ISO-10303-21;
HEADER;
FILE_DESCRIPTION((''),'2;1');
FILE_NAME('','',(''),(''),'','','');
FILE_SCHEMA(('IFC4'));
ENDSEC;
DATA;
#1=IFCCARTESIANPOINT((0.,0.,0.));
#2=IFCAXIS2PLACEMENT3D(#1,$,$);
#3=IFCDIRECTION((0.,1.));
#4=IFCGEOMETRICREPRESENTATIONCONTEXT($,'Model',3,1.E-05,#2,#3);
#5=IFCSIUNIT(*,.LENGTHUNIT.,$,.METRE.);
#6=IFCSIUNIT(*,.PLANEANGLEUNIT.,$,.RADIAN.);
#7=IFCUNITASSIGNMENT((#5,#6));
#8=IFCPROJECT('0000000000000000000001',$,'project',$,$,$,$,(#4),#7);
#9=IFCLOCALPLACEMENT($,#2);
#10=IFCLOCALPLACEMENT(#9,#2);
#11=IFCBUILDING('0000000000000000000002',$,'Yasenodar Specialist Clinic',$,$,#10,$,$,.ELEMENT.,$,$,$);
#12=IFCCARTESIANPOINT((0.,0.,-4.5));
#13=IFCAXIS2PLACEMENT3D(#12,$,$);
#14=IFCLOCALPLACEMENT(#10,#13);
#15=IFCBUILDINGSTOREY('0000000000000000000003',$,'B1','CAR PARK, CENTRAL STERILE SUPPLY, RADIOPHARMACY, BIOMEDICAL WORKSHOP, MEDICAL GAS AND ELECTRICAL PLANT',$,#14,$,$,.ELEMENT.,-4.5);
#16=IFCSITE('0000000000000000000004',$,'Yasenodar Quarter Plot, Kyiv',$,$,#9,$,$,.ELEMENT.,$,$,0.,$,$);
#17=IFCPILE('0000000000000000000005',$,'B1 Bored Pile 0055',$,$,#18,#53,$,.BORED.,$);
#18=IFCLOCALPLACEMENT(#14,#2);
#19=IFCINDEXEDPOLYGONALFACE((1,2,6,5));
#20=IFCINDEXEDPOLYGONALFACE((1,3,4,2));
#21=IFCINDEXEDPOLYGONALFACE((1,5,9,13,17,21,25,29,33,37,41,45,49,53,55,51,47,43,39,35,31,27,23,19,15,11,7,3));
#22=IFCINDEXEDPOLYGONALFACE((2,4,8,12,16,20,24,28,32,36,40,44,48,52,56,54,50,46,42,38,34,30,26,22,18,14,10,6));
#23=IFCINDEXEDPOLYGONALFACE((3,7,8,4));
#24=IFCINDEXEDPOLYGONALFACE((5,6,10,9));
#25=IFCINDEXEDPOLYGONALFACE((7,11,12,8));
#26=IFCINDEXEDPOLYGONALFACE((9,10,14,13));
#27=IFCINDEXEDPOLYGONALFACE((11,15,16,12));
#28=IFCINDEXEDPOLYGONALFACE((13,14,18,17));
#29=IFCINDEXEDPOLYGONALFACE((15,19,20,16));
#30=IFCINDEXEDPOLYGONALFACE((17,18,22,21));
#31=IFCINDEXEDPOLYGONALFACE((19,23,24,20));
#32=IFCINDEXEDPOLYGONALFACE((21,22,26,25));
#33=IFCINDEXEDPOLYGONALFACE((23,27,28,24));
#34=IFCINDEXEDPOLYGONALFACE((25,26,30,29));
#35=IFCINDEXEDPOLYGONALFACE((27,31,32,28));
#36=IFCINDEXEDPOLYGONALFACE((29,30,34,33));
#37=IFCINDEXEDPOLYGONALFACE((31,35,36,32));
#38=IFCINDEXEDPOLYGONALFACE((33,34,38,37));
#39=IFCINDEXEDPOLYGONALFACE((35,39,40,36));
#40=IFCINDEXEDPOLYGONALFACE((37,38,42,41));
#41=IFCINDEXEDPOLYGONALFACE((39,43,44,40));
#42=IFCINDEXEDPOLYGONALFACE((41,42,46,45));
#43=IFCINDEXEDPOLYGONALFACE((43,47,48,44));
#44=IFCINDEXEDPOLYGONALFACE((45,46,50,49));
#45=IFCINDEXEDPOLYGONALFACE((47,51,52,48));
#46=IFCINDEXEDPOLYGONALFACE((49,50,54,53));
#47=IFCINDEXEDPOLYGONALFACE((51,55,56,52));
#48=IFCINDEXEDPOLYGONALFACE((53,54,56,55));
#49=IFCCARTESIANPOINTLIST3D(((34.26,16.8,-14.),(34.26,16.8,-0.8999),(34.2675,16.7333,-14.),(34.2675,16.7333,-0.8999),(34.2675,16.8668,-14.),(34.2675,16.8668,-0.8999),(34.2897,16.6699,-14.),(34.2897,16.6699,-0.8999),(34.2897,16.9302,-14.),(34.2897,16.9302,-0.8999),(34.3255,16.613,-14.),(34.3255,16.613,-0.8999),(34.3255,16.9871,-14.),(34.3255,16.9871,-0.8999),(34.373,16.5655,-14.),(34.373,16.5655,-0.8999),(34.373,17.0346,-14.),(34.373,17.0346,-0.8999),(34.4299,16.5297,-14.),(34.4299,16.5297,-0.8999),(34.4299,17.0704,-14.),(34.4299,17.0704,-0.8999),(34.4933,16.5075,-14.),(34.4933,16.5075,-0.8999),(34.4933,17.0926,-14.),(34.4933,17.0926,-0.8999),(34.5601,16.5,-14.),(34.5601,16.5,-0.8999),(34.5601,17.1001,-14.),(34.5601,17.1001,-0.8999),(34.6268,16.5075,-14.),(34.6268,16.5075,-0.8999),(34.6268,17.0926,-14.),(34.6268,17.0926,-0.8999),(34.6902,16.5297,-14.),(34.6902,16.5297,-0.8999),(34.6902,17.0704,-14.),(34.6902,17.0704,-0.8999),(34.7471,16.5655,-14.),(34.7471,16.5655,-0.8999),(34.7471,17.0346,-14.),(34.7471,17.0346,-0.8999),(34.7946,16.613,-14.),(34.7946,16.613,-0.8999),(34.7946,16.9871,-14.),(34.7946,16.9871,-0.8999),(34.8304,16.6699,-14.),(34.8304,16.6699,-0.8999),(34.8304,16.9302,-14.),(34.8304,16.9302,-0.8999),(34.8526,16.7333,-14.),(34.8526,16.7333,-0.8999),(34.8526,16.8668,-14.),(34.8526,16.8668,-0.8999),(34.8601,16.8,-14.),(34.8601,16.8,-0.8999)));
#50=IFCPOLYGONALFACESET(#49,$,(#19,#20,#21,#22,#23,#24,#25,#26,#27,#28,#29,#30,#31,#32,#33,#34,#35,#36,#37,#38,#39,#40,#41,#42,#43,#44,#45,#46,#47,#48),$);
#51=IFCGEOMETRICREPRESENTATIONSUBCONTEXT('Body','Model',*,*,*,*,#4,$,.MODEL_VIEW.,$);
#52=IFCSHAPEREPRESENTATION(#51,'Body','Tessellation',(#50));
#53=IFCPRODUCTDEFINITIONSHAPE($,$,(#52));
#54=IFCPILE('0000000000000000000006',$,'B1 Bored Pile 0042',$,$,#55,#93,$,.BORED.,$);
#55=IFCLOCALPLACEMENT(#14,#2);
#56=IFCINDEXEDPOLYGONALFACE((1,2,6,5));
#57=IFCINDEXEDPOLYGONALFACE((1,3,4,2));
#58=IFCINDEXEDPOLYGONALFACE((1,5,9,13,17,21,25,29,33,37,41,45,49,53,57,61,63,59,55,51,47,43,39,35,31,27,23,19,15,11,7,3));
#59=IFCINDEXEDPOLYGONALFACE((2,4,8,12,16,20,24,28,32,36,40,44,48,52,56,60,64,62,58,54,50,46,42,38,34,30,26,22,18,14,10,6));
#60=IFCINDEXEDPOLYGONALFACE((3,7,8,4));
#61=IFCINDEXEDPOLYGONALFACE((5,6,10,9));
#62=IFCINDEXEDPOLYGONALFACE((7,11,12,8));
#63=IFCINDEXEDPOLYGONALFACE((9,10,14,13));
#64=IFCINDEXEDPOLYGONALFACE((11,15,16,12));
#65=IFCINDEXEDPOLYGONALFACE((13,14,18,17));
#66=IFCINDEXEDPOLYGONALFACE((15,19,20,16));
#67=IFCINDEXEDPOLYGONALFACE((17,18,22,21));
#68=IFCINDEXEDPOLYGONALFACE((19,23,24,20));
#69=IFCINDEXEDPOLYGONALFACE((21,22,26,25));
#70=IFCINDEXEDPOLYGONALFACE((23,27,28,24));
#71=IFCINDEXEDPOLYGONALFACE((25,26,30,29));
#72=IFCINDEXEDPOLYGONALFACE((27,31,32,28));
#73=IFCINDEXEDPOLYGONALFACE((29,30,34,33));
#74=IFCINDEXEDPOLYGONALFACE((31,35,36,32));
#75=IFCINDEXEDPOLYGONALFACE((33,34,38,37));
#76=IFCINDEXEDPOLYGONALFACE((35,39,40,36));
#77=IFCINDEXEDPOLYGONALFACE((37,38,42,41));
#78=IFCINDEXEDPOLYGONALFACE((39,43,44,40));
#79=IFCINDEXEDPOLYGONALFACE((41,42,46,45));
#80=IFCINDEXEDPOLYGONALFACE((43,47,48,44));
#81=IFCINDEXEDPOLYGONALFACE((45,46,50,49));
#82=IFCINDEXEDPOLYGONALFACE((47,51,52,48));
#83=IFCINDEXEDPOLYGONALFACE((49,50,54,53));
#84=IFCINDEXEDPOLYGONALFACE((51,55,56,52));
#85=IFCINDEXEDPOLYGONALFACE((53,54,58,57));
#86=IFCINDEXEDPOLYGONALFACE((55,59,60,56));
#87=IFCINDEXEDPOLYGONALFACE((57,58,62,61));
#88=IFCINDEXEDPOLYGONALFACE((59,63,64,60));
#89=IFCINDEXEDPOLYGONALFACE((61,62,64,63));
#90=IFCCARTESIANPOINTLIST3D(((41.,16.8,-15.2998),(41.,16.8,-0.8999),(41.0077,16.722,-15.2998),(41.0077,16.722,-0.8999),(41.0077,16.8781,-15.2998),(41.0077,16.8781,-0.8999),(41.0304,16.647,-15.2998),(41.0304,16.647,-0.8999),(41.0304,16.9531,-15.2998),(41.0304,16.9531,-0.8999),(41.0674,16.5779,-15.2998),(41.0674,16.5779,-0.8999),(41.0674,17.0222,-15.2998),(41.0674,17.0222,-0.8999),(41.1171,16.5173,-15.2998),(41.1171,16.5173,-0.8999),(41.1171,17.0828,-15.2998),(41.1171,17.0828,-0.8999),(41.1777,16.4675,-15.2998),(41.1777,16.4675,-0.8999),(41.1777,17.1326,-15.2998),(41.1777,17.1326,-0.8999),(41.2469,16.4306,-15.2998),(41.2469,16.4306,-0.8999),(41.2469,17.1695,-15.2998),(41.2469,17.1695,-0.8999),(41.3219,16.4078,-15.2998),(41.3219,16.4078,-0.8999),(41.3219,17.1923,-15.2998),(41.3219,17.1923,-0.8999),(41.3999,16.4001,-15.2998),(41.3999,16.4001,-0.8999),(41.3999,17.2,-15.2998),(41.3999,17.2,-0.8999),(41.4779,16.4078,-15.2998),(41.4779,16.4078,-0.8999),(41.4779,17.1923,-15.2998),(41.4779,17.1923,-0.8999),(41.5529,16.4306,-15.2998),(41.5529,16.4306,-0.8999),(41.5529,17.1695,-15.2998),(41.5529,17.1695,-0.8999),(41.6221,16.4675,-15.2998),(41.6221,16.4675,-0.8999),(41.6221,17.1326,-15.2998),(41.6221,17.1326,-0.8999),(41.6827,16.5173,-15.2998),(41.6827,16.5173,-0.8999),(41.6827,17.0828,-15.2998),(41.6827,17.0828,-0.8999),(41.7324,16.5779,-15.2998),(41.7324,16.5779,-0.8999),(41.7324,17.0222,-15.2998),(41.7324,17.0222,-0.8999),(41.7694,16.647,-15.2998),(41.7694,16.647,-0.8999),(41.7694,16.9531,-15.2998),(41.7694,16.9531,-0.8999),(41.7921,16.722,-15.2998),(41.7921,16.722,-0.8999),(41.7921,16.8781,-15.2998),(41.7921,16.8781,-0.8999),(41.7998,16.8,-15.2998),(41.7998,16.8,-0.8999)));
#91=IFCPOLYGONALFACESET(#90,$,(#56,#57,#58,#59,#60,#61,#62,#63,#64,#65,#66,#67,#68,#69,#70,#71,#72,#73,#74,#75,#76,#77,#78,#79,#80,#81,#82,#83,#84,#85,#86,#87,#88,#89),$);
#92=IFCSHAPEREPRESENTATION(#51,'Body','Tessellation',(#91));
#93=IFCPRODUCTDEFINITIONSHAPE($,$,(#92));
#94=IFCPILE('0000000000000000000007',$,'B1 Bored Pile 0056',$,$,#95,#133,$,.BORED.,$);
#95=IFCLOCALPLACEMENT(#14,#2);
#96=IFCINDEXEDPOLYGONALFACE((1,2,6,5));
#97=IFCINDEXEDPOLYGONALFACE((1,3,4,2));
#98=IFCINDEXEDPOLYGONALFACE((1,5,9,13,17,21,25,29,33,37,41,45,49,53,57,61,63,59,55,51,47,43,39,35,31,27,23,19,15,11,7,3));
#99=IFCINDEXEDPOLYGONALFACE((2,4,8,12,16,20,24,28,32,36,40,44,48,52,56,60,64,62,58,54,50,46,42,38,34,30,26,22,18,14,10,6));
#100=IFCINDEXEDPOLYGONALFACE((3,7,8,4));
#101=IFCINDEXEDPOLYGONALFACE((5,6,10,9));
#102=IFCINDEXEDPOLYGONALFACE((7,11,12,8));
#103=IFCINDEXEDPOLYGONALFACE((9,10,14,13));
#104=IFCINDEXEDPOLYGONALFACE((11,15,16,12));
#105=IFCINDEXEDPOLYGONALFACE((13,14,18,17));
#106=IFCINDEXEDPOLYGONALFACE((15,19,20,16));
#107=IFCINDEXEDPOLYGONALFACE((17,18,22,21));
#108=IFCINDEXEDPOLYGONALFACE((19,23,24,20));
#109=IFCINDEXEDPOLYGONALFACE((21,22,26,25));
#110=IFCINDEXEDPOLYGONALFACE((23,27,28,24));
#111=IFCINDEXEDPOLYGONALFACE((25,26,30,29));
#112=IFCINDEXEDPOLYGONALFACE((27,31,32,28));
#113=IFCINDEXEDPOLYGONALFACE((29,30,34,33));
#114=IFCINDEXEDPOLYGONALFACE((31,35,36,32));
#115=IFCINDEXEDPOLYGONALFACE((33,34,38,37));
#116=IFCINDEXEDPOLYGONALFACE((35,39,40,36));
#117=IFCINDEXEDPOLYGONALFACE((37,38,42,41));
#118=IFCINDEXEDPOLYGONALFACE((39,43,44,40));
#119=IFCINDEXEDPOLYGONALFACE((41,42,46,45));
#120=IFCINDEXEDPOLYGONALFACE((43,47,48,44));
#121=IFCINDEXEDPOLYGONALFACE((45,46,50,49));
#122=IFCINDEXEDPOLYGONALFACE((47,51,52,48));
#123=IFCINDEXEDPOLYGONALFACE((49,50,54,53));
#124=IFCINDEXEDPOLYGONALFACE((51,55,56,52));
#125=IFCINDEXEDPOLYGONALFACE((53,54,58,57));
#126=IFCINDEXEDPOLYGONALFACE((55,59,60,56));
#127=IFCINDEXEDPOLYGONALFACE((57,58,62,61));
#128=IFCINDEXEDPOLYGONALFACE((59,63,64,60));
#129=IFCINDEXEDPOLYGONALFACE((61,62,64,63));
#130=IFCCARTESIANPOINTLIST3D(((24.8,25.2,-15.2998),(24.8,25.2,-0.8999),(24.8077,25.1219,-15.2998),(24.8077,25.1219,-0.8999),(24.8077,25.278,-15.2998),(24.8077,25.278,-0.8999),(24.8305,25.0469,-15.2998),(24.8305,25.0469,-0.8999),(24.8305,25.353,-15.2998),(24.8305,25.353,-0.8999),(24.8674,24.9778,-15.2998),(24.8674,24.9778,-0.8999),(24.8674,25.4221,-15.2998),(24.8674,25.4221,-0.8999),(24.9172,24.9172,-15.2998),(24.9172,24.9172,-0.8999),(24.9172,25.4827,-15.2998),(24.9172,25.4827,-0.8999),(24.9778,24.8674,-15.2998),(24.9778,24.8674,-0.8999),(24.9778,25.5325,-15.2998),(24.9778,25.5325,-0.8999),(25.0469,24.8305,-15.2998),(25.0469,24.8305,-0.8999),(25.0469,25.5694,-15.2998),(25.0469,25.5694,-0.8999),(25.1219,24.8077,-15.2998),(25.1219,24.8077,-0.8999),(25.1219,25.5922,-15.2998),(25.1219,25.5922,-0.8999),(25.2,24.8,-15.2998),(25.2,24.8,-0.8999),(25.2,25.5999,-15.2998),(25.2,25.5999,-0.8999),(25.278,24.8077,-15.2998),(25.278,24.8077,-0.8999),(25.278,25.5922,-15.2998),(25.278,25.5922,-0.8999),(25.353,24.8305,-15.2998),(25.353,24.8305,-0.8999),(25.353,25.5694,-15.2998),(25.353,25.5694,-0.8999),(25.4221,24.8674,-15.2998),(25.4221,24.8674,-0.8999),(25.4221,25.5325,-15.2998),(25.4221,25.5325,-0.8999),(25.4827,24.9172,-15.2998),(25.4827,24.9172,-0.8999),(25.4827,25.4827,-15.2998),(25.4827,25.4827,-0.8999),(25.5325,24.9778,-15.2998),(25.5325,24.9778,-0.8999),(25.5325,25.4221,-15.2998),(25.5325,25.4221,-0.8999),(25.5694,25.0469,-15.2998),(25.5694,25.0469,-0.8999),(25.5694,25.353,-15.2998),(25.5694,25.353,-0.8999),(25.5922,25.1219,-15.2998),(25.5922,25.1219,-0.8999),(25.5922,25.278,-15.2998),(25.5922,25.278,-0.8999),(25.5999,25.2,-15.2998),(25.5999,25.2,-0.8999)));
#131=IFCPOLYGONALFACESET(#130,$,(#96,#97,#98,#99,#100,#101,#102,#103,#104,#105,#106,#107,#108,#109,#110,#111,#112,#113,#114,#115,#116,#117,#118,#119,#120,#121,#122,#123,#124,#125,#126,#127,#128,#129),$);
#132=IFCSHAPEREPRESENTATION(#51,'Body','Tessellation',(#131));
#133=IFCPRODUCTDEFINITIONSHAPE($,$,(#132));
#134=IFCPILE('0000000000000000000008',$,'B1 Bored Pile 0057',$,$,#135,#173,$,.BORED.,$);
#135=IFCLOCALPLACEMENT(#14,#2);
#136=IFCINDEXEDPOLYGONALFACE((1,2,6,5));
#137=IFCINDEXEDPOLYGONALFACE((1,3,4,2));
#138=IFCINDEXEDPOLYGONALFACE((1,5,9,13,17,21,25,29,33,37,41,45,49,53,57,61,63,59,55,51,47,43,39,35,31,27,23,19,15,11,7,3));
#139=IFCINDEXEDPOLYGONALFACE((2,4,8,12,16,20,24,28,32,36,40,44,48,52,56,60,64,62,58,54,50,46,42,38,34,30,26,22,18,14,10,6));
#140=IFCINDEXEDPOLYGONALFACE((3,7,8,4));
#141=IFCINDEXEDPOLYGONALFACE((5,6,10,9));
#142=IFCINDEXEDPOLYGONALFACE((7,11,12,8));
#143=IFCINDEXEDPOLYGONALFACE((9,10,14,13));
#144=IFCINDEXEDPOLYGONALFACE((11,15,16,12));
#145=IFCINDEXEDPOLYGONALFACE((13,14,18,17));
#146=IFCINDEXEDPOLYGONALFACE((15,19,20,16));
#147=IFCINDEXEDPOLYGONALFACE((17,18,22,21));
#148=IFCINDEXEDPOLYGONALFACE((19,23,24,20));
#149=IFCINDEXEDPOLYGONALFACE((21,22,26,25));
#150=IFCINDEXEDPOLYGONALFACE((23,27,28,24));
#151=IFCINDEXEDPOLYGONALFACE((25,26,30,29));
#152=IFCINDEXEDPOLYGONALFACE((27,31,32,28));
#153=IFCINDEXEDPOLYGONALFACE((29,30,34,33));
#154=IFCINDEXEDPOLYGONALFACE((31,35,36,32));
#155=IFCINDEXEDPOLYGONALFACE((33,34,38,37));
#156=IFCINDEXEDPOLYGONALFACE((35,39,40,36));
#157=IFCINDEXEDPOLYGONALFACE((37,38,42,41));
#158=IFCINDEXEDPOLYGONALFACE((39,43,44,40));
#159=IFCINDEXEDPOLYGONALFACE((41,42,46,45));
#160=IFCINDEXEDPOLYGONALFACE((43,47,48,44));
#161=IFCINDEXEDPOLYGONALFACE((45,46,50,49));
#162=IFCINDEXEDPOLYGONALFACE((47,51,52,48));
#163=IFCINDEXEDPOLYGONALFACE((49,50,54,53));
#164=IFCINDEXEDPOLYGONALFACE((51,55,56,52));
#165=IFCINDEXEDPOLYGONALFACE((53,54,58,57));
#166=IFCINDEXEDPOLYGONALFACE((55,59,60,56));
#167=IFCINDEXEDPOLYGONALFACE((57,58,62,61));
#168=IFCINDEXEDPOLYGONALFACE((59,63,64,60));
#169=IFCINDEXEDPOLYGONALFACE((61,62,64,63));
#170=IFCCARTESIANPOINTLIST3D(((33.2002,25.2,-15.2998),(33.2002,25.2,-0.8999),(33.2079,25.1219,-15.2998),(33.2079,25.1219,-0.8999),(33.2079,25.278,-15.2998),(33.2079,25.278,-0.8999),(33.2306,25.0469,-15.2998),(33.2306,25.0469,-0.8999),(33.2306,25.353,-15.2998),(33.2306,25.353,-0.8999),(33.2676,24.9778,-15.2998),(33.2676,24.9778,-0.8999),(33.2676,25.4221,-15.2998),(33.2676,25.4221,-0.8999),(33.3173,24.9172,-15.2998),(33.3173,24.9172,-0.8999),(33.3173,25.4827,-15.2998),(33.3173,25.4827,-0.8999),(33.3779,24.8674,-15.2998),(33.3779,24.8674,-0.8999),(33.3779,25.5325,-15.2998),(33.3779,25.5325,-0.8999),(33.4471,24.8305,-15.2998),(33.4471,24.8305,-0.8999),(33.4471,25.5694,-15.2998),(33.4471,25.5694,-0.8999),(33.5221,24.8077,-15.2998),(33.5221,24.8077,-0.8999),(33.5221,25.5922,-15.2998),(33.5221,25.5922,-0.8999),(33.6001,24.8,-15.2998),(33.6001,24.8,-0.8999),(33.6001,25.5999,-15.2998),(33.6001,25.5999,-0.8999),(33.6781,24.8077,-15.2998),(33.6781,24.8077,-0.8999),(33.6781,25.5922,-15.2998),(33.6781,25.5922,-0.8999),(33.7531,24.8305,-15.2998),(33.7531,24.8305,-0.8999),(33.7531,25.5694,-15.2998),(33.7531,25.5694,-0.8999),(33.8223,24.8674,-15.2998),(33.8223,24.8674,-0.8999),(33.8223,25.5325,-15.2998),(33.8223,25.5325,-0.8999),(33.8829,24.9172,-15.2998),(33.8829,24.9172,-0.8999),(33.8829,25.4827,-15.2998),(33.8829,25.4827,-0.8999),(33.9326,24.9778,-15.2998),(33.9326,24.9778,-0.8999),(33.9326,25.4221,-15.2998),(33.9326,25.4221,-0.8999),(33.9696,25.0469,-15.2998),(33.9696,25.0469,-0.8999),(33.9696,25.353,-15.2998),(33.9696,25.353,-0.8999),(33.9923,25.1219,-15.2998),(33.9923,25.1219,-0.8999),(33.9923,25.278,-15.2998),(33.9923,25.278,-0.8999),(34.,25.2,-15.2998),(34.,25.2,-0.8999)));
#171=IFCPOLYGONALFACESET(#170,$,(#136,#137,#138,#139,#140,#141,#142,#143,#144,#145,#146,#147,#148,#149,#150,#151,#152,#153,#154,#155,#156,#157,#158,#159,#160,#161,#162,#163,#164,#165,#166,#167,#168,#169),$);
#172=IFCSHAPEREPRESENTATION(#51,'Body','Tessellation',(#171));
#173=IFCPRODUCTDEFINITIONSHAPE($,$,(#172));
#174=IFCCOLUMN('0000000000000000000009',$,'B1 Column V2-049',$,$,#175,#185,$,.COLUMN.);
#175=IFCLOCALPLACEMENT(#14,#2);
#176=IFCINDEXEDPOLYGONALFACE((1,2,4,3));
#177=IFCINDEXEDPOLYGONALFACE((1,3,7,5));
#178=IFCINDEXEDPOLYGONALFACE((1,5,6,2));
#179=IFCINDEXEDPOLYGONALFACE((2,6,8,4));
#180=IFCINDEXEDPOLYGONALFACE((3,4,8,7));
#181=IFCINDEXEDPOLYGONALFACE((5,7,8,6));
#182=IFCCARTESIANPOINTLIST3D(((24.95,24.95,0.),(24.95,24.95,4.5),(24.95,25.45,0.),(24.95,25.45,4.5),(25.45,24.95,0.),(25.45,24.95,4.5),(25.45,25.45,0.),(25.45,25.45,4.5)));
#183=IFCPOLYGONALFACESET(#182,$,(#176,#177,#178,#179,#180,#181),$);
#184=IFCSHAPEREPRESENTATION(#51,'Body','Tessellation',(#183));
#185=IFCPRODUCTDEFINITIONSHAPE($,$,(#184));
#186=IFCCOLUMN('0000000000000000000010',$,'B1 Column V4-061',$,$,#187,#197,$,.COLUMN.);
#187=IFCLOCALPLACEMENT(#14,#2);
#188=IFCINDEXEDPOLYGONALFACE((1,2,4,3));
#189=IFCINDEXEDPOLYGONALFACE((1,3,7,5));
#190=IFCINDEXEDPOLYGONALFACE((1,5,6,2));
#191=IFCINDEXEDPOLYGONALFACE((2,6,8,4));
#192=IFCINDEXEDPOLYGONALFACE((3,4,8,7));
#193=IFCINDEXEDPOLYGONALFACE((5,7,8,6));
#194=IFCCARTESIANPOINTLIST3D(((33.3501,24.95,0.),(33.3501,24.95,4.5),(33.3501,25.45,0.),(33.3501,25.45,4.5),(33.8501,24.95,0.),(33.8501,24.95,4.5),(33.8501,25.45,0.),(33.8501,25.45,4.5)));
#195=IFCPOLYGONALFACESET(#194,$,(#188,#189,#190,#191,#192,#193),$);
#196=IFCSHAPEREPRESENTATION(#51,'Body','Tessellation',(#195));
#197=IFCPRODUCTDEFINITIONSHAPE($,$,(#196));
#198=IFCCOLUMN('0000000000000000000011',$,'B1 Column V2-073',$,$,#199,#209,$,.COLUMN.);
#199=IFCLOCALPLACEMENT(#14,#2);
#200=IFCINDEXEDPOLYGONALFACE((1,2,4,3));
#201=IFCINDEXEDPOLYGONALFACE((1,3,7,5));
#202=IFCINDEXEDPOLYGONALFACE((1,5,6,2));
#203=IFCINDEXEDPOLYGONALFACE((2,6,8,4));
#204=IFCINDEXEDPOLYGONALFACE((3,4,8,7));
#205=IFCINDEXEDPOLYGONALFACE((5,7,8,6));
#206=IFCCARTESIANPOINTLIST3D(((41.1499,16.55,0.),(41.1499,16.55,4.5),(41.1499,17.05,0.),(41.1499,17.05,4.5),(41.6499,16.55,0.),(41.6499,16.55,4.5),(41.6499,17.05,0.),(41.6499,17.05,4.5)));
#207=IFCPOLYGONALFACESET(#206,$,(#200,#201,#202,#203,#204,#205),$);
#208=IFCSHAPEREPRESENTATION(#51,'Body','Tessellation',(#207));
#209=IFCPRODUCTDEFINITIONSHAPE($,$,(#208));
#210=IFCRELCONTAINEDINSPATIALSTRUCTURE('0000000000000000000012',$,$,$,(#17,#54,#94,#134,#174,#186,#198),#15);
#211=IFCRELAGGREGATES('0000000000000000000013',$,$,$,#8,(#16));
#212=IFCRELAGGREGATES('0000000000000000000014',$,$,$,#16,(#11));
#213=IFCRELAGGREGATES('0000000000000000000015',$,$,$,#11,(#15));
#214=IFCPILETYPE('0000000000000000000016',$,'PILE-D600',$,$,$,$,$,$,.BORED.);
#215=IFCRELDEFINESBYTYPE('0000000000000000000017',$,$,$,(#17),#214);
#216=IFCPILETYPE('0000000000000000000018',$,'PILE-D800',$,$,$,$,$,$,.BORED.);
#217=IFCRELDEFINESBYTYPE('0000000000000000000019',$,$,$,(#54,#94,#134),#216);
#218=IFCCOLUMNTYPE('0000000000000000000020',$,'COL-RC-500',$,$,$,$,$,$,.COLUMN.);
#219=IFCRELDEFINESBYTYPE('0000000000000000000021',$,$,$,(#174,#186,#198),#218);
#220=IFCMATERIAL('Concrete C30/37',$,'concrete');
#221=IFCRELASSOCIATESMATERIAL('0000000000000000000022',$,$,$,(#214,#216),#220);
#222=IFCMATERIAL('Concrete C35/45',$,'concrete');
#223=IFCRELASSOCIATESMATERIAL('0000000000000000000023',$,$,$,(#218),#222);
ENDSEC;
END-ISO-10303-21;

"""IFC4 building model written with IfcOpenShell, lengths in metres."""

from ifc_helpers import new_model, si_unit, direction, frame, origin, origin_2d, place, context, subcontext, project, spatial, rectangle, circle, extrude, material, material_profile, profile_set, type_object, element, save


model = new_model("IFC4")

# Units and contexts
model_context = context("Model", 3, precision=1e-05, world=origin(), true_north=direction((0.0, 1.0)))
body_context = subcontext(model_context, "Body", "Model", "MODEL_VIEW")
ifc_project = project(units=[si_unit("LENGTHUNIT", "METRE"), si_unit("PLANEANGLEUNIT", "RADIAN")], contexts=[model_context])

# Site, building, storey
site_placement = place(None, origin())
site = spatial("IfcSite", under=ifc_project, at=site_placement, Name="Yasenodar Quarter Plot, Kyiv", CompositionType="ELEMENT", RefElevation=0.0)
building_placement = place(site_placement, origin())
building = spatial("IfcBuilding", under=site, at=building_placement, Name="Yasenodar Specialist Clinic", CompositionType="ELEMENT")
storey_placement = place(building_placement, frame((0.0, 0.0, -4.5)))
storey = spatial("IfcBuildingStorey", under=building, at=storey_placement, Name="B1", Description="CAR PARK, CENTRAL STERILE SUPPLY, RADIOPHARMACY, BIOMEDICAL WORKSHOP, MEDICAL GAS AND ELECTRICAL PLANT", CompositionType="ELEMENT", Elevation=-4.5)

# Shared definitions
ifc_material_1 = material(Name="Concrete C35/45", Category="concrete")

# Piles
ifc_material_2 = material(Name="Concrete C30/37", Category="concrete")
ifc_material_profile_1 = material_profile(ifc_material_2, circle(Radius=0.3, at=origin_2d()), Name="PILE D600")
ifc_profile_set_1 = profile_set([ifc_material_profile_1], Name="Concrete C30/37")
pile_type_1 = type_object("IfcPileType", Name="PILE-D600", PredefinedType="BORED", material=ifc_profile_set_1)
for number, where, z_axis, x_axis, name in (
    (1, (34.5601, 16.8, -0.8999), (0.0, 0.0, -1.0), (1.0, 0.0, 0.0), "B1 Bored Pile 0055"),
):
    element("IfcPile", number, at=place(storey_placement, frame(where, z_axis=z_axis, x_axis=x_axis)), inside=storey, type_object=pile_type_1, Name=name, PredefinedType="BORED", context=body_context, shape_type="SweptSolid", body=[
        extrude(circle(Radius=0.3, at=origin_2d()), origin(), (0.0, 0.0, 1.0), 13.1001),
    ])
ifc_material_profile_2 = material_profile(ifc_material_2, circle(Radius=0.3999, at=origin_2d()), Name="PILE D800")
ifc_profile_set_2 = profile_set([ifc_material_profile_2], Name="Concrete C30/37")
pile_type_2 = type_object("IfcPileType", Name="PILE-D800", PredefinedType="BORED", material=ifc_profile_set_2)
for number, where, z_axis, x_axis, name in (
    (2, (41.3999, 16.8, -0.8999), (0.0, 0.0, -1.0), (1.0, 0.0, 0.0), "B1 Bored Pile 0042"),
    (3, (25.2, 25.2, -0.8999), (0.0, 0.0, -1.0), (1.0, 0.0, 0.0), "B1 Bored Pile 0056"),
    (4, (33.6001, 25.2, -0.8999), (0.0, 0.0, -1.0), (1.0, 0.0, 0.0), "B1 Bored Pile 0057"),
):
    element("IfcPile", number, at=place(storey_placement, frame(where, z_axis=z_axis, x_axis=x_axis)), inside=storey, type_object=pile_type_2, Name=name, PredefinedType="BORED", context=body_context, shape_type="SweptSolid", body=[
        extrude(circle(Radius=0.3999, at=origin_2d()), origin(), (0.0, 0.0, 1.0), 14.3999),
    ])

# Columns
ifc_material_profile_3 = material_profile(ifc_material_1, rectangle(XDim=0.5, YDim=0.5, at=origin_2d()), Name="RC 500x500")
ifc_profile_set_3 = profile_set([ifc_material_profile_3], Name="Concrete C35/45")
column_type_1 = type_object("IfcColumnType", Name="COL-RC-500", PredefinedType="COLUMN", material=ifc_profile_set_3)
for number, where, z_axis, x_axis, name in (
    (5, (25.2, 25.2, 0.0), (0.0, 0.0, 1.0), (1.0, 0.0, 0.0), "B1 Column V2-049"),
    (6, (33.6001, 25.2, 0.0), (0.0, 0.0, 1.0), (1.0, 0.0, 0.0), "B1 Column V4-061"),
    (7, (41.3999, 16.8, 0.0), (0.0, 0.0, 1.0), (1.0, 0.0, 0.0), "B1 Column V2-073"),
):
    element("IfcColumn", number, at=place(storey_placement, frame(where, z_axis=z_axis, x_axis=x_axis)), inside=storey, type_object=column_type_1, Name=name, PredefinedType="COLUMN", context=body_context, shape_type="SweptSolid", body=[
        extrude(rectangle(XDim=0.5, YDim=0.5, at=origin_2d()), origin(), (0.0, 0.0, 1.0), 4.5),
    ])

save(model, "model.ifc")
